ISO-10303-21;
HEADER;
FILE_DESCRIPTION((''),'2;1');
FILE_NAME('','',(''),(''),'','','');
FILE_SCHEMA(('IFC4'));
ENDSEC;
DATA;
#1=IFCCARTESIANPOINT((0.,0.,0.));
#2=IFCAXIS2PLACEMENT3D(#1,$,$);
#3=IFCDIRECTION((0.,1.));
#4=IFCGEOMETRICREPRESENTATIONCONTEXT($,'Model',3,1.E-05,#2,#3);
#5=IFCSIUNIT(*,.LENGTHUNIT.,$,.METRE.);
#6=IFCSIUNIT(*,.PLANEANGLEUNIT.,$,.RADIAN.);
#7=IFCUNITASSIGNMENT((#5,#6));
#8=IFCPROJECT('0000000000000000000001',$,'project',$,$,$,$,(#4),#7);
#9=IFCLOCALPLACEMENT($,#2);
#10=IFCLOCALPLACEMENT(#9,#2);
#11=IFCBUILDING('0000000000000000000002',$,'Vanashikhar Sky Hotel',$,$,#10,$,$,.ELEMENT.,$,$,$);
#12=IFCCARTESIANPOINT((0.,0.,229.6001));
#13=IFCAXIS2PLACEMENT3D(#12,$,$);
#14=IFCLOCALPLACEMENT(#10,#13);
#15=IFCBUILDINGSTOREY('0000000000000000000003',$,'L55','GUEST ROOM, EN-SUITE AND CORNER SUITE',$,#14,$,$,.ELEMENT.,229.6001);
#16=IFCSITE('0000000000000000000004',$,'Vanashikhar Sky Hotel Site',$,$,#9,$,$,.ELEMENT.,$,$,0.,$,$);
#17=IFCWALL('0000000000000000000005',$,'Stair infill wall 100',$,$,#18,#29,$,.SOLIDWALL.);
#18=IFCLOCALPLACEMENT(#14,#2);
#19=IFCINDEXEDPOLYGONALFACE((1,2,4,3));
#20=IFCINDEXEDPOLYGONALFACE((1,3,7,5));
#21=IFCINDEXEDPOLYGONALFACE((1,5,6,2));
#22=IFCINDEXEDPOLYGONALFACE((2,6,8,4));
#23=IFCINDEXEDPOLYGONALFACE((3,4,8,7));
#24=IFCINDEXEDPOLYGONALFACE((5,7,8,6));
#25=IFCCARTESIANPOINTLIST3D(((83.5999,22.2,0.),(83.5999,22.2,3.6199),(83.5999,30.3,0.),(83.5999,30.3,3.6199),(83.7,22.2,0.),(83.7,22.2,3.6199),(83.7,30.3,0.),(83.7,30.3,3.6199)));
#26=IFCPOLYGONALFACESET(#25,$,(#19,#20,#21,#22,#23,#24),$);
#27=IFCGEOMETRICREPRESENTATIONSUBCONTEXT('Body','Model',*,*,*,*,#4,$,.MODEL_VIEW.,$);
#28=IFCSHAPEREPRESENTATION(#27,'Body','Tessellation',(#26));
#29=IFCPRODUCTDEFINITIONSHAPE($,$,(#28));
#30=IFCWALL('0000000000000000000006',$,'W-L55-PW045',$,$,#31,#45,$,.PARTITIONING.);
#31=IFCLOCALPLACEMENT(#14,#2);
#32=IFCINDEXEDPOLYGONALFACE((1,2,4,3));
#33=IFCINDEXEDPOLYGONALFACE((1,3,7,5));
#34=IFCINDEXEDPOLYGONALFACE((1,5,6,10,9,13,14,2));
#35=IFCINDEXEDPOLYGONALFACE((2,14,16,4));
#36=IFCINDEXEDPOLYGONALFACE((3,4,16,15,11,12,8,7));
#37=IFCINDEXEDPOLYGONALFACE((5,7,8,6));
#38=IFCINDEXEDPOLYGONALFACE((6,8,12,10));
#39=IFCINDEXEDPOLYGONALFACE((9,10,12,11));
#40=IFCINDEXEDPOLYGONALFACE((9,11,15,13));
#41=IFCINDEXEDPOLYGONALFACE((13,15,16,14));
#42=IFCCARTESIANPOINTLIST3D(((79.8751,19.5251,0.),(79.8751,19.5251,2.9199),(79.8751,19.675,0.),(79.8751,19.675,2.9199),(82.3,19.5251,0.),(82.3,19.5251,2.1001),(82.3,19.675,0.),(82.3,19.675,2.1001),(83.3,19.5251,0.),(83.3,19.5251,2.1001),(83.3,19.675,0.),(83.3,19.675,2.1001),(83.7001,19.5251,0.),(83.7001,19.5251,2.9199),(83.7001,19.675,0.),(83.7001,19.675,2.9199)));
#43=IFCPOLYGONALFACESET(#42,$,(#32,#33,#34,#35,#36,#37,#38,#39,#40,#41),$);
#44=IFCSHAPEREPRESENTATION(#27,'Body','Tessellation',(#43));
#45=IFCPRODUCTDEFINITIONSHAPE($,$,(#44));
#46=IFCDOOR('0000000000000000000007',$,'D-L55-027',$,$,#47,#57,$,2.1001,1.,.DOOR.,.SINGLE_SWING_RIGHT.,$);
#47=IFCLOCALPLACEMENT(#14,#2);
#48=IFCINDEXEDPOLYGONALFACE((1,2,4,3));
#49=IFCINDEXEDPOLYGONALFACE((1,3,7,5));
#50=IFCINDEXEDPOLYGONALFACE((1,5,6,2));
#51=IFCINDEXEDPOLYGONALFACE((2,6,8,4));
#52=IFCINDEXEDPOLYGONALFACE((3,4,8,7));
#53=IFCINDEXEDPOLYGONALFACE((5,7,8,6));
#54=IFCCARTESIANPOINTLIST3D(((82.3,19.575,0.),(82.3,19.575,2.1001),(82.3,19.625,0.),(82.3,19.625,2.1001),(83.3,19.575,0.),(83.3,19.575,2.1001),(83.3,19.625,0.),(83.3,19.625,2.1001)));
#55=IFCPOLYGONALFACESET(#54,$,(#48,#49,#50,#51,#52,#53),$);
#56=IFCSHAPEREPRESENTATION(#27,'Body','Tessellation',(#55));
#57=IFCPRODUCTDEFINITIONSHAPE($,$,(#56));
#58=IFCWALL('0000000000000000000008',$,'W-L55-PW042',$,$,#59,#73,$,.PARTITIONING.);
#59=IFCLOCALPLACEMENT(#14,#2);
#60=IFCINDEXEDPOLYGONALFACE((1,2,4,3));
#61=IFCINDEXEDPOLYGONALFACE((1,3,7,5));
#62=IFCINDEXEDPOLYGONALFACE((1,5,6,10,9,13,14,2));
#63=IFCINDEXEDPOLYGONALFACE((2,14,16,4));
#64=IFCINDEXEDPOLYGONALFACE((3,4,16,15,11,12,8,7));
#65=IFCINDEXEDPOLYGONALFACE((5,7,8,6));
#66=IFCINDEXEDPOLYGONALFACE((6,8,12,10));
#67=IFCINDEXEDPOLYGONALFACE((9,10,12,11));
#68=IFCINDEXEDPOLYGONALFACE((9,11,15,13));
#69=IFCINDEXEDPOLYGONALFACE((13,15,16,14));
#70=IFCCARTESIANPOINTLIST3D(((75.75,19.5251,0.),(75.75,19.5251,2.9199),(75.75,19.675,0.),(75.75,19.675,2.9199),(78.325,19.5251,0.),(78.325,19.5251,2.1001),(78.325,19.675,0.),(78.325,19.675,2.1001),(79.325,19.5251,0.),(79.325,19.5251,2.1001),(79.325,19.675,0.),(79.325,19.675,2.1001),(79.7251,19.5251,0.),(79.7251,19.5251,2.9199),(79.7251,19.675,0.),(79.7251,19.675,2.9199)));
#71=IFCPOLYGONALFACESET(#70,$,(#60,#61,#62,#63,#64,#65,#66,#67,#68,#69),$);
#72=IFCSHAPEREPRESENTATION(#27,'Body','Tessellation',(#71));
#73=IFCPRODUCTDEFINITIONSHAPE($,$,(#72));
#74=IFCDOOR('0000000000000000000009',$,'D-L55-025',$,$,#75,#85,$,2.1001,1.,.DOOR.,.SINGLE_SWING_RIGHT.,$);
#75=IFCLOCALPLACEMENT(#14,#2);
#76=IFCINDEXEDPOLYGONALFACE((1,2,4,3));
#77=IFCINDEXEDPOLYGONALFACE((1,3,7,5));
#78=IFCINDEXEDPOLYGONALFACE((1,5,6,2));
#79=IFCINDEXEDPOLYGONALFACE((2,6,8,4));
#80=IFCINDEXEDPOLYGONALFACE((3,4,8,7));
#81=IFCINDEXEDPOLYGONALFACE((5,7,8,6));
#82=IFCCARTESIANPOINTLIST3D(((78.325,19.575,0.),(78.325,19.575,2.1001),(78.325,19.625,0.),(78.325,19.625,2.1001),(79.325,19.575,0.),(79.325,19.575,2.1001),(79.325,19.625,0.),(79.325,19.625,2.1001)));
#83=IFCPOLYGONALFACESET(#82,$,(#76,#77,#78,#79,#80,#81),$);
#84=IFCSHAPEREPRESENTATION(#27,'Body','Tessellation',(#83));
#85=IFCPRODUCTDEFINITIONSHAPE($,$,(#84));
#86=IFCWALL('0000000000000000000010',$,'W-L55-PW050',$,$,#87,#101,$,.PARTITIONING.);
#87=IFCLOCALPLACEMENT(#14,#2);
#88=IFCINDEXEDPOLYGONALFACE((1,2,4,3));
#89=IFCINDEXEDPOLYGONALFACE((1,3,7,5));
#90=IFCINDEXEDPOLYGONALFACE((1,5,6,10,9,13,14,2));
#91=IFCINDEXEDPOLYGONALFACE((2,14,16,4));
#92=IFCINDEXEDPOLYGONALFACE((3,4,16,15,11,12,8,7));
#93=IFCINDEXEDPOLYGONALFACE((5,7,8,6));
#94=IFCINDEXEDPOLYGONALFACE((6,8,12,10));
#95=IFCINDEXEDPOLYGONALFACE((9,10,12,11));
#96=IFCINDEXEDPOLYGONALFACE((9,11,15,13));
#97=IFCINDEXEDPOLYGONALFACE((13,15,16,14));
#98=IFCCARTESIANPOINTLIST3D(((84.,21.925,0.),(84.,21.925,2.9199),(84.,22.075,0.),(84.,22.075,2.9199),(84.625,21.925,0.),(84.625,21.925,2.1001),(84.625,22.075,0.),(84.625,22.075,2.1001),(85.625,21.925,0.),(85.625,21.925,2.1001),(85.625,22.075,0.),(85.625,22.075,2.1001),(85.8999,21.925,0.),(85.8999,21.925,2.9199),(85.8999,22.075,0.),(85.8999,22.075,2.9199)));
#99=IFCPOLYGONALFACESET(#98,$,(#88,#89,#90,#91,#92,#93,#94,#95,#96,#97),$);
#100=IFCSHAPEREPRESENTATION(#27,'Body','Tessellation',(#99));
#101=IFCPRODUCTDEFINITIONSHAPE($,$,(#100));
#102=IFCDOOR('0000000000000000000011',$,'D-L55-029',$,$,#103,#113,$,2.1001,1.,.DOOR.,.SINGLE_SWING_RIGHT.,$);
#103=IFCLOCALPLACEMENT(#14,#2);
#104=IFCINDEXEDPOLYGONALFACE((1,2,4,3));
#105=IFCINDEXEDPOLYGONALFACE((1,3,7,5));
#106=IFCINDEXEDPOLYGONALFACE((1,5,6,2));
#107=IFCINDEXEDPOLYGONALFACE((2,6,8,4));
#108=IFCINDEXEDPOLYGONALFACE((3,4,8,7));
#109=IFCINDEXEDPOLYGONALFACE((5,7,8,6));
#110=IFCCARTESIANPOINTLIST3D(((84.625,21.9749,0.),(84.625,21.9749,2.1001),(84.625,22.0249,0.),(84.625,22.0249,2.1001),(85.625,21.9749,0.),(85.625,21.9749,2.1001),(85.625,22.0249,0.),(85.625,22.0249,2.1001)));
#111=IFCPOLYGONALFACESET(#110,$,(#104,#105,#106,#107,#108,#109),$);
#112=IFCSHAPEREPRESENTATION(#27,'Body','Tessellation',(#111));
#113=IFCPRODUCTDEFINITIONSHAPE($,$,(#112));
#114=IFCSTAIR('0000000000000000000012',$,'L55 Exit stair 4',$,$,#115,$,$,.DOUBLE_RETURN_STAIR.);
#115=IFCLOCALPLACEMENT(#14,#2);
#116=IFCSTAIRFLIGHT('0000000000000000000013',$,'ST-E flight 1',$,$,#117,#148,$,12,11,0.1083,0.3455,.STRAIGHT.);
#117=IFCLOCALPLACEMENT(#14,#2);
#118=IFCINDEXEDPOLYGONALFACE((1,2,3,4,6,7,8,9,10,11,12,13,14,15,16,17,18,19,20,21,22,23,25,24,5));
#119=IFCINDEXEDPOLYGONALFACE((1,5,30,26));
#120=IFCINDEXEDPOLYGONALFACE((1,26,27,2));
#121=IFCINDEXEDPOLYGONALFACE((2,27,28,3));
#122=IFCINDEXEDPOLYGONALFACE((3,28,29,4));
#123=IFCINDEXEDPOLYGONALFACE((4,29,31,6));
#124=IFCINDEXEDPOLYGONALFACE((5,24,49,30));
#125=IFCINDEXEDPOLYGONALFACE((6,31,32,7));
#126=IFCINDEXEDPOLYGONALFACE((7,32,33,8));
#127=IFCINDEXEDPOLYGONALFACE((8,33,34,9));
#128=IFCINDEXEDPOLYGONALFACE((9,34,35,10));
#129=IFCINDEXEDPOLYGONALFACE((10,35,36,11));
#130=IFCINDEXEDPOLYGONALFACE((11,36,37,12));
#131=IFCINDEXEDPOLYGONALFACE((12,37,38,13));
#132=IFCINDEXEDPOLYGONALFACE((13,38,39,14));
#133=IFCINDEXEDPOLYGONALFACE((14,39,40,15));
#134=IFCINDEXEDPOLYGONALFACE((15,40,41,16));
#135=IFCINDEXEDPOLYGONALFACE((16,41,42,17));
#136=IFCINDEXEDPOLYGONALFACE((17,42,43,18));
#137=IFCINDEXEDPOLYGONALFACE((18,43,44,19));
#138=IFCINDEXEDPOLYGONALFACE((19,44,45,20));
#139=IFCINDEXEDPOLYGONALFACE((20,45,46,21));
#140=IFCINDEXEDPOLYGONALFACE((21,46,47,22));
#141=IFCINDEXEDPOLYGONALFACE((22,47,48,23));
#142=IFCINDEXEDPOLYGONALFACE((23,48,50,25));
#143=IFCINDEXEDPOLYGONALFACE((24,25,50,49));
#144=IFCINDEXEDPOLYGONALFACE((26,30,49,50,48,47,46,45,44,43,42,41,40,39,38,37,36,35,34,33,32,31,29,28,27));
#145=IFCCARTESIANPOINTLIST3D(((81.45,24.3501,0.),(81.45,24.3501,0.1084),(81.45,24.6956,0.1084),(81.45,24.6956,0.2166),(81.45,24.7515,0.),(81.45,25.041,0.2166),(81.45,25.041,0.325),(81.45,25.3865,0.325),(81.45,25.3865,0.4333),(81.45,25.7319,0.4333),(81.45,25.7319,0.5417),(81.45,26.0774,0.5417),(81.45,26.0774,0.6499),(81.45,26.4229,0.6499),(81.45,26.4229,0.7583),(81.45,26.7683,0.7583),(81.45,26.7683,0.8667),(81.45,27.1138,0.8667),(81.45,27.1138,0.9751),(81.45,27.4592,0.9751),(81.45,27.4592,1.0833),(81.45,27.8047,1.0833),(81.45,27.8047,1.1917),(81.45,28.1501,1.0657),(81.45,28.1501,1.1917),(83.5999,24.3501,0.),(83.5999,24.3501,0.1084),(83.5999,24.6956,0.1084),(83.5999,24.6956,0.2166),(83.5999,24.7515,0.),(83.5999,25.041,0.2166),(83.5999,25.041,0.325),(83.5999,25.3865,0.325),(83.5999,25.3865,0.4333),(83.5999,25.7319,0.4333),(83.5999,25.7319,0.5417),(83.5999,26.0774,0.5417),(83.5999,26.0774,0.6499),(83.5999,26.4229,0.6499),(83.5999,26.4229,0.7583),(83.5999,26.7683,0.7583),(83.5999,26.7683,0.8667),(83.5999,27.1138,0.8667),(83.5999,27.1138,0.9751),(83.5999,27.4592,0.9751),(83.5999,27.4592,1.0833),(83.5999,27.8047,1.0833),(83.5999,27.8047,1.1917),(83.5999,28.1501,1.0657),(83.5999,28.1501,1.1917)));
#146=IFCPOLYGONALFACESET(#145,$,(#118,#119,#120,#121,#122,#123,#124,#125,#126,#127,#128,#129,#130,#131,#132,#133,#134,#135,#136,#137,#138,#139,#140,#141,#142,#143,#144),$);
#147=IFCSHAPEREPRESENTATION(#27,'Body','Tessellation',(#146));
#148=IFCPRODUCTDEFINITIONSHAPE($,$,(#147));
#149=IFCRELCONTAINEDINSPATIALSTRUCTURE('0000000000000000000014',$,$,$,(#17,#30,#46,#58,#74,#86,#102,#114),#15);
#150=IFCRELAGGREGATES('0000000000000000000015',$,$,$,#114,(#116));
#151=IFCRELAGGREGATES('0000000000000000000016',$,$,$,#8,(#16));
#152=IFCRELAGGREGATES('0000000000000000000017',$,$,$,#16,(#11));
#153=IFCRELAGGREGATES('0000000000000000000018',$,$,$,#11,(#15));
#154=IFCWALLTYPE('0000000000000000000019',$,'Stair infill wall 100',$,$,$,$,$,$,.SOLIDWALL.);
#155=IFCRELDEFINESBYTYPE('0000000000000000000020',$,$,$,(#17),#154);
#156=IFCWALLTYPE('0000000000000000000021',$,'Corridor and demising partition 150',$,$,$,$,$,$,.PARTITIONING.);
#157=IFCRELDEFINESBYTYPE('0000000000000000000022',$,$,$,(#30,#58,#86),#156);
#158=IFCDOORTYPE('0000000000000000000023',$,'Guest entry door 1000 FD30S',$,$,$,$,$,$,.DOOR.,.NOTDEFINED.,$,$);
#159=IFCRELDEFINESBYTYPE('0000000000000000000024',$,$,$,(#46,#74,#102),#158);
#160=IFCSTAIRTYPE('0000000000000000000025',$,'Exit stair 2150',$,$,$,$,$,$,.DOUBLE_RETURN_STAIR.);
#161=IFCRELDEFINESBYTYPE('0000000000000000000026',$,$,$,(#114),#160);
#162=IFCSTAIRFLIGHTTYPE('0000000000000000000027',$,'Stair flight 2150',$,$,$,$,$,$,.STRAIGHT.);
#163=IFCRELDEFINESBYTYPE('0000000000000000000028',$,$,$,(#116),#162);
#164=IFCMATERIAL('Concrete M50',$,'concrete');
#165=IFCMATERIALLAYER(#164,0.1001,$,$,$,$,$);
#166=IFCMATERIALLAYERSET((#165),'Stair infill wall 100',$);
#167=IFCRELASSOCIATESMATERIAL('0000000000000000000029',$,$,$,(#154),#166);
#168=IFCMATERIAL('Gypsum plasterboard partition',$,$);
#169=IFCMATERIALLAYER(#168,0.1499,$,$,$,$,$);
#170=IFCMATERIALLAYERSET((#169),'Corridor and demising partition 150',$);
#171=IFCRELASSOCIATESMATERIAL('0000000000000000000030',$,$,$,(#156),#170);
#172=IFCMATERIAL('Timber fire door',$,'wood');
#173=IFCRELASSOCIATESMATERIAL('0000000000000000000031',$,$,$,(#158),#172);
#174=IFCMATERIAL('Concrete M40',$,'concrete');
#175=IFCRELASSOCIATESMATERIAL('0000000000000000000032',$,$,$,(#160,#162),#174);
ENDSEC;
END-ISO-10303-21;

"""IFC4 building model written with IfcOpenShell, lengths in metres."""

from ifc_helpers import new_model, si_unit, direction, frame, frame_2d, origin, place, context, subcontext, project, spatial, polyline, rectangle, outline, extrude, source, transform, mapped, material, layer, layer_set, type_object, element, fill, aggregate, save


model = new_model("IFC4")

# Units and contexts
model_context = context("Model", 3, precision=1e-05, world=origin(), true_north=direction((0.0, 1.0)))
body_context = subcontext(model_context, "Body", "Model", "MODEL_VIEW")
ifc_project = project(units=[si_unit("LENGTHUNIT", "METRE"), si_unit("PLANEANGLEUNIT", "RADIAN")], contexts=[model_context])

# Site, building, storey
site_placement = place(None, origin())
site = spatial("IfcSite", under=ifc_project, at=site_placement, Name="Vanashikhar Sky Hotel Site", CompositionType="ELEMENT", RefElevation=0.0)
building_placement = place(site_placement, origin())
building = spatial("IfcBuilding", under=site, at=building_placement, Name="Vanashikhar Sky Hotel", CompositionType="ELEMENT")
storey_placement = place(building_placement, frame((0.0, 0.0, 229.6001)))
storey = spatial("IfcBuildingStorey", under=building, at=storey_placement, Name="L55", Description="GUEST ROOM, EN-SUITE AND CORNER SUITE", CompositionType="ELEMENT", Elevation=229.6001)

# Shared definitions
ifc_material_1 = material(Name="Concrete M50", Category="concrete")

# Wall
ifc_layer_1 = layer(ifc_material_1, 0.1001)
ifc_layer_set_1 = layer_set([ifc_layer_1], Name="Stair infill wall 100")
wall_type_1 = type_object("IfcWallType", Name="Stair infill wall 100", PredefinedType="SOLIDWALL", material=ifc_layer_set_1)
shared_shape_1 = source(origin(), body_context, "Body", "SweptSolid", [
    extrude(rectangle(XDim=8.1001, YDim=0.1001, at=frame_2d((4.05, 0.0))), origin(), (0.0, 0.0, 1.0), 3.6199),
])
wall_1_placement = place(storey_placement, frame((83.6499, 22.2, 0.0), z_axis=(0.0, 0.0, 1.0), x_axis=(0.0, 1.0, 0.0)))
element("IfcWall", 1, at=wall_1_placement, inside=storey, type_object=wall_type_1, Name="Stair infill wall 100", PredefinedType="SOLIDWALL", context=body_context, shape_type="MappedRepresentation", body=[
    mapped(shared_shape_1, transform((0.0, 0.0, 0.0), scale=1.0)),
])

# Walls, openings, doors
ifc_material_2 = material(Name="Gypsum plasterboard partition")
ifc_layer_2 = layer(ifc_material_2, 0.1499)
ifc_layer_set_2 = layer_set([ifc_layer_2], Name="Corridor and demising partition 150")
wall_type_2 = type_object("IfcWallType", Name="Corridor and demising partition 150", PredefinedType="PARTITIONING", material=ifc_layer_set_2)
shared_shape_2 = source(origin(), body_context, "Body", "SweptSolid", [
    extrude(rectangle(XDim=3.825, YDim=0.1499, at=frame_2d((1.9126, 0.0))), origin(), (0.0, 0.0, 1.0), 2.9199),
])
wall_2_placement = place(storey_placement, frame((79.875, 19.6001, 0.0), z_axis=(0.0, 0.0, 1.0), x_axis=(1.0, 0.0, 0.0)))
wall_2 = element("IfcWall", 2, at=wall_2_placement, inside=storey, type_object=wall_type_2, Name="W-L55-PW045", PredefinedType="PARTITIONING", context=body_context, shape_type="MappedRepresentation", body=[
    mapped(shared_shape_2, transform((0.0, 0.0, 0.0), scale=1.0)),
])
shared_shape_3 = source(origin(), body_context, "Body", "SweptSolid", [
    extrude(rectangle(XDim=1.0, YDim=2.1001, at=frame_2d((0.5, 1.05))), frame((0.0, 0.085, 0.0), z_axis=(0.0, -1.0, 0.0), x_axis=(1.0, 0.0, 0.0)), (0.0, 0.0, 1.0), 0.1699),
])
opening_1_placement = place(wall_2_placement, frame((2.425, 0.0, 0.0)))
opening_1 = element("IfcOpeningElement", 3, at=opening_1_placement, cuts=wall_2, PredefinedType="OPENING", context=body_context, shape_type="MappedRepresentation", body=[
    mapped(shared_shape_3, transform((0.0, 0.0, 0.0), scale=1.0)),
])
ifc_material_3 = material(Name="Timber fire door", Category="wood")
door_type_1 = type_object("IfcDoorType", Name="Guest entry door 1000 FD30S", OperationType="NOTDEFINED", PredefinedType="DOOR", material=ifc_material_3)
shared_shape_4 = source(origin(), body_context, "Body", "SweptSolid", [
    extrude(rectangle(XDim=1.0, YDim=2.1001, at=frame_2d((0.5, 1.05))), frame((0.0, 0.0249, 0.0), z_axis=(0.0, -1.0, 0.0), x_axis=(1.0, 0.0, 0.0)), (0.0, 0.0, 1.0), 0.05),
])
door_1_placement = place(opening_1_placement, origin())
door_1 = element("IfcDoor", 4, at=door_1_placement, inside=storey, type_object=door_type_1, Name="D-L55-027", OperationType="SINGLE_SWING_RIGHT", OverallHeight=2.1001, OverallWidth=1.0, PredefinedType="DOOR", context=body_context, shape_type="MappedRepresentation", body=[
    mapped(shared_shape_4, transform((0.0, 0.0, 0.0), scale=1.0)),
])
fill(opening_1, door_1)
shared_shape_5 = source(origin(), body_context, "Body", "SweptSolid", [
    extrude(rectangle(XDim=3.9751, YDim=0.1499, at=frame_2d((1.9875, 0.0))), origin(), (0.0, 0.0, 1.0), 2.9199),
])
wall_3_placement = place(storey_placement, frame((75.75, 19.6001, 0.0), z_axis=(0.0, 0.0, 1.0), x_axis=(1.0, 0.0, 0.0)))
wall_3 = element("IfcWall", 5, at=wall_3_placement, inside=storey, type_object=wall_type_2, Name="W-L55-PW042", PredefinedType="PARTITIONING", context=body_context, shape_type="MappedRepresentation", body=[
    mapped(shared_shape_5, transform((0.0, 0.0, 0.0), scale=1.0)),
])
opening_2_placement = place(wall_3_placement, frame((2.575, 0.0, 0.0)))
opening_2 = element("IfcOpeningElement", 6, at=opening_2_placement, cuts=wall_3, PredefinedType="OPENING", context=body_context, shape_type="MappedRepresentation", body=[
    mapped(shared_shape_3, transform((0.0, 0.0, 0.0), scale=1.0)),
])
door_2_placement = place(opening_2_placement, origin())
door_2 = element("IfcDoor", 7, at=door_2_placement, inside=storey, type_object=door_type_1, Name="D-L55-025", OperationType="SINGLE_SWING_RIGHT", OverallHeight=2.1001, OverallWidth=1.0, PredefinedType="DOOR", context=body_context, shape_type="MappedRepresentation", body=[
    mapped(shared_shape_4, transform((0.0, 0.0, 0.0), scale=1.0)),
])
fill(opening_2, door_2)
shared_shape_6 = source(origin(), body_context, "Body", "SweptSolid", [
    extrude(rectangle(XDim=1.8999, YDim=0.1499, at=frame_2d((0.95, 0.0))), origin(), (0.0, 0.0, 1.0), 2.9199),
])
wall_4_placement = place(storey_placement, frame((84.0, 22.0, 0.0), z_axis=(0.0, 0.0, 1.0), x_axis=(1.0, 0.0, 0.0)))
wall_4 = element("IfcWall", 8, at=wall_4_placement, inside=storey, type_object=wall_type_2, Name="W-L55-PW050", PredefinedType="PARTITIONING", context=body_context, shape_type="MappedRepresentation", body=[
    mapped(shared_shape_6, transform((0.0, 0.0, 0.0), scale=1.0)),
])
opening_3_placement = place(wall_4_placement, frame((0.625, 0.0, 0.0)))
opening_3 = element("IfcOpeningElement", 9, at=opening_3_placement, cuts=wall_4, PredefinedType="OPENING", context=body_context, shape_type="MappedRepresentation", body=[
    mapped(shared_shape_3, transform((0.0, 0.0, 0.0), scale=1.0)),
])
door_3_placement = place(opening_3_placement, origin())
door_3 = element("IfcDoor", 10, at=door_3_placement, inside=storey, type_object=door_type_1, Name="D-L55-029", OperationType="SINGLE_SWING_RIGHT", OverallHeight=2.1001, OverallWidth=1.0, PredefinedType="DOOR", context=body_context, shape_type="MappedRepresentation", body=[
    mapped(shared_shape_4, transform((0.0, 0.0, 0.0), scale=1.0)),
])
fill(opening_3, door_3)

# Stair, stair flight
ifc_material_4 = material(Name="Concrete M40", Category="concrete")
stair_type = type_object("IfcStairType", Name="Exit stair 2150", PredefinedType="DOUBLE_RETURN_STAIR", material=ifc_material_4)
stair_placement = place(storey_placement, origin())
stair = element("IfcStair", 11, at=stair_placement, inside=storey, type_object=stair_type, Name="L55 Exit stair 4", PredefinedType="DOUBLE_RETURN_STAIR")
stair_flight_type = type_object("IfcStairFlightType", Name="Stair flight 2150", PredefinedType="STRAIGHT", material=ifc_material_4)
shared_shape_7 = source(origin(), body_context, "Body", "SweptSolid", [
    extrude(outline(polyline([(0.0, 0.0), (0.0, 0.1084), (0.3455, 0.1084), (0.3455, 0.2166), (0.6909, 0.2166), (0.6909, 0.325), (1.0364, 0.325), (1.0364, 0.4333), (1.3818, 0.4333), (1.3818, 0.5417), (1.7273, 0.5417), (1.7273, 0.6499), (2.0728, 0.6499), (2.0728, 0.7583), (2.4182, 0.7583), (2.4182, 0.8667), (2.7637, 0.8667), (2.7637, 0.9751), (3.1091, 0.9751), (3.1091, 1.0833), (3.4546, 1.0833), (3.4546, 1.1917), (3.8, 1.1917), (3.8, 1.3), (3.8, 1.0657), (0.4014, 0.0), (0.0, 0.0)])), frame((0.0, 1.075, 0.0), z_axis=(0.0, -1.0, 0.0), x_axis=(1.0, 0.0, 0.0)), (0.0, 0.0, 1.0), 2.1499),
])
stair_flight_1_placement = place(storey_placement, frame((82.5249, 24.3501, 0.0), z_axis=(0.0, 0.0, 1.0), x_axis=(0.0, 1.0, 0.0)))
stair_flight_1 = element("IfcStairFlight", 12, at=stair_flight_1_placement, type_object=stair_flight_type, Name="ST-E flight 1", NumberOfRisers=12, NumberOfTreads=11, PredefinedType="STRAIGHT", RiserHeight=0.1083, TreadLength=0.3455, context=body_context, shape_type="MappedRepresentation", body=[
    mapped(shared_shape_7, transform((0.0, 0.0, 0.0), scale=1.0)),
])
aggregate(stair, [stair_flight_1])

save(model, "model.ifc")
